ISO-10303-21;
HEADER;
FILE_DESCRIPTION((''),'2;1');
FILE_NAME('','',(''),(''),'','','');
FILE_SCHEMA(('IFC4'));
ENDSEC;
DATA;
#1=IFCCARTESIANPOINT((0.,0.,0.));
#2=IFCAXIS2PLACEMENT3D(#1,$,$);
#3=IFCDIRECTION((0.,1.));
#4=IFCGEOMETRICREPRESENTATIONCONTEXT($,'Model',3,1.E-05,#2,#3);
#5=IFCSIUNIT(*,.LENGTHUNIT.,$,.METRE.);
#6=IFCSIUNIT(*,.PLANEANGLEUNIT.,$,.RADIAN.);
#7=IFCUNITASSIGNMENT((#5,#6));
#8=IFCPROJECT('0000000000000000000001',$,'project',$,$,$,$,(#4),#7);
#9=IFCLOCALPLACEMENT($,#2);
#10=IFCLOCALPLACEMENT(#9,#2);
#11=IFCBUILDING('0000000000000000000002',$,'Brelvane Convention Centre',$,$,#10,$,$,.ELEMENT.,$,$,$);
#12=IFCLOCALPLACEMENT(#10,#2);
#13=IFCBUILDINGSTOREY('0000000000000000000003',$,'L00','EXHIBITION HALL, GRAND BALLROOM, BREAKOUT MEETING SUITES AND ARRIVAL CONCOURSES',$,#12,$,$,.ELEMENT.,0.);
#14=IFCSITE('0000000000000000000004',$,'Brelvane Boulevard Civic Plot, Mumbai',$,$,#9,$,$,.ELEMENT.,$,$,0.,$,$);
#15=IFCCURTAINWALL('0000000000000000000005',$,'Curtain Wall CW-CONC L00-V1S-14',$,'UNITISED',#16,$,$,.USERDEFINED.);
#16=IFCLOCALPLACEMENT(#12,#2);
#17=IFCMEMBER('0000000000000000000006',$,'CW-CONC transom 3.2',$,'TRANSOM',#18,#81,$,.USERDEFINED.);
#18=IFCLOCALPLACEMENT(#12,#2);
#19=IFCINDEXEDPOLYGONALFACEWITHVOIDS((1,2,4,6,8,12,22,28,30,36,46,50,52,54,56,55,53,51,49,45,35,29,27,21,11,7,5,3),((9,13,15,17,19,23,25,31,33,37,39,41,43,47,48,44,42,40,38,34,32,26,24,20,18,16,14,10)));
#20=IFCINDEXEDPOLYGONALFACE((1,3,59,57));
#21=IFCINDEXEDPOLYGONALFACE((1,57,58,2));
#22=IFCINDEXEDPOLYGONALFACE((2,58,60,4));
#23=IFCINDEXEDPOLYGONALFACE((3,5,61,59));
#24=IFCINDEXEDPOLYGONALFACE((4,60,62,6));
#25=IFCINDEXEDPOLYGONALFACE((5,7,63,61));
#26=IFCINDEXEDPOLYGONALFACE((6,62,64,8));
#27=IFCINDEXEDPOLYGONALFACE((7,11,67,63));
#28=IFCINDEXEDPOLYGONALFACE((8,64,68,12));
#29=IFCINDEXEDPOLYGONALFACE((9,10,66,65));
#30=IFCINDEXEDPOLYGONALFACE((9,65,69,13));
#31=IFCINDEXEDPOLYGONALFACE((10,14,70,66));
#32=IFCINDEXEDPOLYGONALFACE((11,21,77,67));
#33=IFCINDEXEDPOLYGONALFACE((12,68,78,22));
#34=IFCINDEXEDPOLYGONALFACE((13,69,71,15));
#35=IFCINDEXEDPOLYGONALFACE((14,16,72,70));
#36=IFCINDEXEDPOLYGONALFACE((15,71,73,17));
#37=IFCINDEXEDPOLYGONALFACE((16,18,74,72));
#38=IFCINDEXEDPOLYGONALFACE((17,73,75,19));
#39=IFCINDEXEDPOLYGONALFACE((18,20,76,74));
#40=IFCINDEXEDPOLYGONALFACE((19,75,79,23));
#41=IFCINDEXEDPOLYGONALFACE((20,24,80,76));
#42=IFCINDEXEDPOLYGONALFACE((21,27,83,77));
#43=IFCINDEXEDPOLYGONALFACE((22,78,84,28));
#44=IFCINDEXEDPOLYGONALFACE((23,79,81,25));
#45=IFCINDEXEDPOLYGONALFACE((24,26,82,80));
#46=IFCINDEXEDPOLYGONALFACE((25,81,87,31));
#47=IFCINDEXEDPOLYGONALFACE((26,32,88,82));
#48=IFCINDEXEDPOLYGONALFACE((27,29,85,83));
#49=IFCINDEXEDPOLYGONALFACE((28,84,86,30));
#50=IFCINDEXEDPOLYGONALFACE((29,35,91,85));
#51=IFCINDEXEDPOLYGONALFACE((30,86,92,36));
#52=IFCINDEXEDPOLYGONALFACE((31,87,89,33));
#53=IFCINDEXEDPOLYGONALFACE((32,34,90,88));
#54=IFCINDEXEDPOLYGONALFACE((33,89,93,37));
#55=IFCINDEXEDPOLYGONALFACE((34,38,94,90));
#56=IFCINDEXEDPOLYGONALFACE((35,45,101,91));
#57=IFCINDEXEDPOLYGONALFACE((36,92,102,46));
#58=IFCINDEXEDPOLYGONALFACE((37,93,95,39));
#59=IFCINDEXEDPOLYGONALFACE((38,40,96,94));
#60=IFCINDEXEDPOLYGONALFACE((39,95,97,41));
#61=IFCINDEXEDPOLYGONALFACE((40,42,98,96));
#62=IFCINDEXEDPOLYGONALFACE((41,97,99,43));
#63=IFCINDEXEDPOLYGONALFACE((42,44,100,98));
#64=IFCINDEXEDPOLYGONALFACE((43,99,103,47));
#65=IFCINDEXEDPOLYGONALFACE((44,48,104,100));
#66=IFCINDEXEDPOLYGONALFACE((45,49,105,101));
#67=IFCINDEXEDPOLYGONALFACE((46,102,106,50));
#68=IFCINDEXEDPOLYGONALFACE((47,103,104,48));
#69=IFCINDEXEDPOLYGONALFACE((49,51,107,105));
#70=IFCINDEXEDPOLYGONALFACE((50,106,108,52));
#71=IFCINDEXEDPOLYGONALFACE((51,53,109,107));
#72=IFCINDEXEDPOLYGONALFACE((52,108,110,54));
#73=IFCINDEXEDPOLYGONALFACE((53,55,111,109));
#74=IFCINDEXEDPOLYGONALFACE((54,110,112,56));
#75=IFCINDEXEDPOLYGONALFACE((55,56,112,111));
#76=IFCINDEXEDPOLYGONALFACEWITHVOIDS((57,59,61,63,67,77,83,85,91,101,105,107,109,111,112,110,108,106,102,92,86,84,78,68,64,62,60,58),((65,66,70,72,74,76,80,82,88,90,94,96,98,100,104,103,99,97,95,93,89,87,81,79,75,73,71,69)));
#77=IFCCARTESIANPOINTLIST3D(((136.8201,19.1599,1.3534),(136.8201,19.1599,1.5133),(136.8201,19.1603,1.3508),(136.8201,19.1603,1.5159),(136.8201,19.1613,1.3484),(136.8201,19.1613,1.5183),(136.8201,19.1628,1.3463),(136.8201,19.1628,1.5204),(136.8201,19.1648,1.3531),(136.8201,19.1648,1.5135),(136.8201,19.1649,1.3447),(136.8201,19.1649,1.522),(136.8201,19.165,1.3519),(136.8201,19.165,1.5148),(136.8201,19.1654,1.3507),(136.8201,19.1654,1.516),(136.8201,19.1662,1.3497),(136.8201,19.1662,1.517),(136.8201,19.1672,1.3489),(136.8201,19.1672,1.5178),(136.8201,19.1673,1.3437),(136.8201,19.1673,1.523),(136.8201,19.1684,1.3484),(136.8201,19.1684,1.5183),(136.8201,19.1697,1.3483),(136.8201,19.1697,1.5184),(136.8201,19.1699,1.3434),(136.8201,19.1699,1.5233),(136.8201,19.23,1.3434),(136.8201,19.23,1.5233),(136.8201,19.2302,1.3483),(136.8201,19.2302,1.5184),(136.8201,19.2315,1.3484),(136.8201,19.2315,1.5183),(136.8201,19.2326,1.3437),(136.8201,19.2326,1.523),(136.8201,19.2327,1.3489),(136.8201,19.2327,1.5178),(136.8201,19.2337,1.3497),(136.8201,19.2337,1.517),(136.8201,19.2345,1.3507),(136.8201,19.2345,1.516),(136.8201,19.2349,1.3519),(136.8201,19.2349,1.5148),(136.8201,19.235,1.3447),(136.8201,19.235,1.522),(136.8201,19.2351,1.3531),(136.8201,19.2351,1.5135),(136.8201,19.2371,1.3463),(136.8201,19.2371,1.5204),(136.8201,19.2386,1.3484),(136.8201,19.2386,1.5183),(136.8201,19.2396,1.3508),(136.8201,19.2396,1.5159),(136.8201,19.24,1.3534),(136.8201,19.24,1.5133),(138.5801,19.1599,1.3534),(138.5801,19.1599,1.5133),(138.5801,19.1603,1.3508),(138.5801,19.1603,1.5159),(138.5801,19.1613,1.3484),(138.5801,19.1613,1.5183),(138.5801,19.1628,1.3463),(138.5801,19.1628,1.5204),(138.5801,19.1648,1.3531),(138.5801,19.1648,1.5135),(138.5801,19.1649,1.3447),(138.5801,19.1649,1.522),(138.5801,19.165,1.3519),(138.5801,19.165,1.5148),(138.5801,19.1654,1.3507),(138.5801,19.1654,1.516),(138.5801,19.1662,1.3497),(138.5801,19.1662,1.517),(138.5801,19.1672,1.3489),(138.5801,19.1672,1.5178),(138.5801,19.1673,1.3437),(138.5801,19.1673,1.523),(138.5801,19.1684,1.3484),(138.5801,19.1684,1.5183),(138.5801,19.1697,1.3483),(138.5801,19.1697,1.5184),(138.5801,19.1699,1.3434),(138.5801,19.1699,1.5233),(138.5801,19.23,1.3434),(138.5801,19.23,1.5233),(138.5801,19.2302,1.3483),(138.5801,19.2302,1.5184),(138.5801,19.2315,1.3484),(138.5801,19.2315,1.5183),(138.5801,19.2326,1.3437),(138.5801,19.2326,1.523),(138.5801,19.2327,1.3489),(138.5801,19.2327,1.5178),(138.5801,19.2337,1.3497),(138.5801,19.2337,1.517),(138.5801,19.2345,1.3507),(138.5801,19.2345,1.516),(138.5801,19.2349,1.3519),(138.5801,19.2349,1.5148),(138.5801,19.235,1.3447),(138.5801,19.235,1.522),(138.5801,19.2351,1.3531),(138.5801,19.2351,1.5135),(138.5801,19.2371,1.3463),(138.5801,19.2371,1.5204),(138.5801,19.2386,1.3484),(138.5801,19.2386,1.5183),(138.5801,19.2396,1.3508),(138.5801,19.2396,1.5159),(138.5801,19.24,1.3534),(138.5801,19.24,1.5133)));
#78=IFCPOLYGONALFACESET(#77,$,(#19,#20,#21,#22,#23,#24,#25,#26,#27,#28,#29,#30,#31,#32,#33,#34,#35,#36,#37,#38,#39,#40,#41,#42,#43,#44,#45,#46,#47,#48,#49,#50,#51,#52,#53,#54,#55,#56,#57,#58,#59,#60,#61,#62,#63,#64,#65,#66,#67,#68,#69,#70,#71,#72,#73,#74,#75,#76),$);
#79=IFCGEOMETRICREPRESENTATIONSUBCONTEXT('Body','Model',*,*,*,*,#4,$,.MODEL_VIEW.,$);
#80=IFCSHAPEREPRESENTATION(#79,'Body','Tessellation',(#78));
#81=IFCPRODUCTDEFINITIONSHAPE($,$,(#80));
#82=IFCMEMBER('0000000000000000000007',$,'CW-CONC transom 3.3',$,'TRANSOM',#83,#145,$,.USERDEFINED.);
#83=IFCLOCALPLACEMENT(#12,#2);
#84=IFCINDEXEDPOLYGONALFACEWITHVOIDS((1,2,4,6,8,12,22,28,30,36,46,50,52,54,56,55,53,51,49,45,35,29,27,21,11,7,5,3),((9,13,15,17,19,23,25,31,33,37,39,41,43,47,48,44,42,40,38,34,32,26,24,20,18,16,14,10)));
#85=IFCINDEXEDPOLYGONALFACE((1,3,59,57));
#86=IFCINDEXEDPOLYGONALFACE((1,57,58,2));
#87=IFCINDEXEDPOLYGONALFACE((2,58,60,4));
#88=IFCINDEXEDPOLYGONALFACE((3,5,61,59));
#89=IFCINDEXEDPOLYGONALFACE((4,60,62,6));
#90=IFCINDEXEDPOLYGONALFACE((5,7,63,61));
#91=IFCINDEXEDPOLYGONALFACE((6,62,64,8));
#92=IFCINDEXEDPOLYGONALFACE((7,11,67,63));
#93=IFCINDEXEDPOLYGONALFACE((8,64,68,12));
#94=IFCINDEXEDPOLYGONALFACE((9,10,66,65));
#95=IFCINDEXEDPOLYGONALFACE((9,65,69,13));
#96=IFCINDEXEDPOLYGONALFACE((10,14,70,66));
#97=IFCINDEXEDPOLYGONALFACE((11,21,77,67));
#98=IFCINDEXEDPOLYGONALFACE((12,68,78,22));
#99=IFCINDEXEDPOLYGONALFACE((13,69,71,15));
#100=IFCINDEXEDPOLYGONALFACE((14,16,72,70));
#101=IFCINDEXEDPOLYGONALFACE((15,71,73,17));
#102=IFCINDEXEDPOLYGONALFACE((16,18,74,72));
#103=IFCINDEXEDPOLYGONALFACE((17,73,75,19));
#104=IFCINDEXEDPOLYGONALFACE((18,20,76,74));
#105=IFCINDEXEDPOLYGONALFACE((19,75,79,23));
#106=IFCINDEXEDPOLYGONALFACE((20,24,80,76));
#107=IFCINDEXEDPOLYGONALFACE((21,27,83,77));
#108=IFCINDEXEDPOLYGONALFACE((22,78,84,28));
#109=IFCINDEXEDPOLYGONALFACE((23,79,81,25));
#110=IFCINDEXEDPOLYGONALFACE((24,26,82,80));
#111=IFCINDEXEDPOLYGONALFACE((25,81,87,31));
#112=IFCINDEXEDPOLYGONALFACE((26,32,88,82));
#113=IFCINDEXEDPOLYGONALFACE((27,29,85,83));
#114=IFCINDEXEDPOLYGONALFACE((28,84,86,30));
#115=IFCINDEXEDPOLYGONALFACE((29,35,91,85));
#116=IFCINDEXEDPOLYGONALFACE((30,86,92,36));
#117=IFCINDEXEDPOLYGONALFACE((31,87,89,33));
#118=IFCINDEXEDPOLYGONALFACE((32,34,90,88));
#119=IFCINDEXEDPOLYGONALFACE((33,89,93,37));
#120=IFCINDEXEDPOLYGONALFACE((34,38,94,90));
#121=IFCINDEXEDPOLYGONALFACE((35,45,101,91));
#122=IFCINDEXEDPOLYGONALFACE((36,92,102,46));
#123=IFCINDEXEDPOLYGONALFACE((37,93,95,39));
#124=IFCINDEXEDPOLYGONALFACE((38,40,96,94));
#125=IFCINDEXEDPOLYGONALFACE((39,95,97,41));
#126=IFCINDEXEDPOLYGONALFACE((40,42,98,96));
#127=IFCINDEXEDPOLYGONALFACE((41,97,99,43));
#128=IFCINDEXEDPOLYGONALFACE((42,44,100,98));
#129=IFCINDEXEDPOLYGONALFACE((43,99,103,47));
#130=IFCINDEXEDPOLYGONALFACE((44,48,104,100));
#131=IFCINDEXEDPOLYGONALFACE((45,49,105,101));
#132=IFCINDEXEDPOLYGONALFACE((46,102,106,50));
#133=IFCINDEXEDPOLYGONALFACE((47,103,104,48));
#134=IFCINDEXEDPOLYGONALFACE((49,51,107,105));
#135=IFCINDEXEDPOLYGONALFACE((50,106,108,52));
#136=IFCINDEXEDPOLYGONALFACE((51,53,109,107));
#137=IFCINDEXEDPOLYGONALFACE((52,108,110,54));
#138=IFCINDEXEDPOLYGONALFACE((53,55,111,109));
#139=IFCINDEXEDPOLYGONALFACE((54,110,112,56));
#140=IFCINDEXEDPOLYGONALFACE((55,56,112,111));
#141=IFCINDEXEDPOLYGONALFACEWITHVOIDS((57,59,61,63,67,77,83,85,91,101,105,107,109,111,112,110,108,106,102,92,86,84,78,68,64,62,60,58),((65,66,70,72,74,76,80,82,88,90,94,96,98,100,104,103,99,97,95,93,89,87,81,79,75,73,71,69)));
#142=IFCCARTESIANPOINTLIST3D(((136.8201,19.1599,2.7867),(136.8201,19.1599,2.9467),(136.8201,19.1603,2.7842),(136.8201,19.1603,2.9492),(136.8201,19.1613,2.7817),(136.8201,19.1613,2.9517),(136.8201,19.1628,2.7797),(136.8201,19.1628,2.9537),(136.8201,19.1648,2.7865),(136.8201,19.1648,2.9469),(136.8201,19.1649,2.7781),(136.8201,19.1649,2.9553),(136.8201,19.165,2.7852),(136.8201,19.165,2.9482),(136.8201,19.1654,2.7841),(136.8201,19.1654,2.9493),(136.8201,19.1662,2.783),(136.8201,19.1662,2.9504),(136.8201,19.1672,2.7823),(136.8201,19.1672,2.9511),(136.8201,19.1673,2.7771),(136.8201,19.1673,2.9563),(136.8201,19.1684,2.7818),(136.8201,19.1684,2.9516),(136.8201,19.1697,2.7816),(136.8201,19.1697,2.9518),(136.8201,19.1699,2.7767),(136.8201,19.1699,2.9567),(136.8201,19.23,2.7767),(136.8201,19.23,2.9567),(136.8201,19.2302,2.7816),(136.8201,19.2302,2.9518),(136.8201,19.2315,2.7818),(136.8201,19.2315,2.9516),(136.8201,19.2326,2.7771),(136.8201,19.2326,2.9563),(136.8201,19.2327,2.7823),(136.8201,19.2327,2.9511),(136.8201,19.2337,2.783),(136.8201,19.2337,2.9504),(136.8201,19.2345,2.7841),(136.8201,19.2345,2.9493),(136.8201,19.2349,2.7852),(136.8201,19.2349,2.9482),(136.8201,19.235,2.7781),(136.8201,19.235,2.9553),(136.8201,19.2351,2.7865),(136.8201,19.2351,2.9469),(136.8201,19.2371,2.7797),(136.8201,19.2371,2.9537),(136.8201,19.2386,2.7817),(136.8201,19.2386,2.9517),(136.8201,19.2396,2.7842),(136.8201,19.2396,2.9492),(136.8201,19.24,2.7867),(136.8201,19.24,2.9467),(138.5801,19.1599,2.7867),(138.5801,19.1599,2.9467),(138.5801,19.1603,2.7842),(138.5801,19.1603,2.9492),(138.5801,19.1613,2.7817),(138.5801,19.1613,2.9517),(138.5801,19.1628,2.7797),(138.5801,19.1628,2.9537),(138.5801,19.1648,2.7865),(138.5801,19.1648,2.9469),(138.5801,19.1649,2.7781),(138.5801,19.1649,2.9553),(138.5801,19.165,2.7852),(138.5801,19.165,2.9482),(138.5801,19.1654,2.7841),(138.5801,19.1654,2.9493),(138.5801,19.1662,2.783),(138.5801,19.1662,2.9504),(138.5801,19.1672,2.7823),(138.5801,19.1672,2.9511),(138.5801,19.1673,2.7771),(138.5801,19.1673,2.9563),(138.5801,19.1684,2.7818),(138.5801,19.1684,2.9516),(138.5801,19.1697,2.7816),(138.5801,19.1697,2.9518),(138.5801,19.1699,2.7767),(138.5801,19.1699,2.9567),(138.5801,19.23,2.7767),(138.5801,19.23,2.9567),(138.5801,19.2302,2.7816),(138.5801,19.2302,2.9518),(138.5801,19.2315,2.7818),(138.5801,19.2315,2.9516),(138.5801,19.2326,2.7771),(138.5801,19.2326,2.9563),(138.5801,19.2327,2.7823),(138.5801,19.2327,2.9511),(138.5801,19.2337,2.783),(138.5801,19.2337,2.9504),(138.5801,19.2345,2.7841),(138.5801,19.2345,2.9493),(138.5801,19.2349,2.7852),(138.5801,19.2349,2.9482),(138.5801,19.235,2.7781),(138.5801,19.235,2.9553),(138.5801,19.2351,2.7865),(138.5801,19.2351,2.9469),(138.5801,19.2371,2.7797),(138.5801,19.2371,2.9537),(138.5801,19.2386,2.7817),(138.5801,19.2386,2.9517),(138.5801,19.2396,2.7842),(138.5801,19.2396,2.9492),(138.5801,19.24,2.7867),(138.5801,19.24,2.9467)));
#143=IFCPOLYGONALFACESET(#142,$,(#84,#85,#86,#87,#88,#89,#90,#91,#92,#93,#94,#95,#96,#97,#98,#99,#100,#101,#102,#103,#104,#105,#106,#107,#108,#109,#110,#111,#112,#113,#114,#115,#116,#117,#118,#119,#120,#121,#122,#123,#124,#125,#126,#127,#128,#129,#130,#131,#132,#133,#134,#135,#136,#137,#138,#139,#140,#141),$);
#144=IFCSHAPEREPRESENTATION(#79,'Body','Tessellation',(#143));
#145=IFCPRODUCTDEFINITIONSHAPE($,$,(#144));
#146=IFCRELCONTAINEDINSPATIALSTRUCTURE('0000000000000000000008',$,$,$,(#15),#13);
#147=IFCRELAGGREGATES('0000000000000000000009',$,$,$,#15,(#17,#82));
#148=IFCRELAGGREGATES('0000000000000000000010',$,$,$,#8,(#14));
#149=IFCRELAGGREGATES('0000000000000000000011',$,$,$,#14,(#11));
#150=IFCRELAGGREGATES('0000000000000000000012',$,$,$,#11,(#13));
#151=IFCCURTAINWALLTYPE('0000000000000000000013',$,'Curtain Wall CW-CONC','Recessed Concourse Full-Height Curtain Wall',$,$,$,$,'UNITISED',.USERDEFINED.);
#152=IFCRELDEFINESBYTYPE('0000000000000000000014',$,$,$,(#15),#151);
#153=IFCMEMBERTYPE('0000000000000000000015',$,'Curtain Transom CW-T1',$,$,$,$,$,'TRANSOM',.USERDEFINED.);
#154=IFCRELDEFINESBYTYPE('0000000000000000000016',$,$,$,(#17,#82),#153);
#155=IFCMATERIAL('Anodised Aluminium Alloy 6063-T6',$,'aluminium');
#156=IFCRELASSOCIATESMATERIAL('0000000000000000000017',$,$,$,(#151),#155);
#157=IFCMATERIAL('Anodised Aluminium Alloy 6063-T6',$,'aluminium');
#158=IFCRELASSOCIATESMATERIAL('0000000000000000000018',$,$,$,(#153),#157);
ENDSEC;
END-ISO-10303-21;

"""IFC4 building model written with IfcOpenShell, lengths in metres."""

from ifc_helpers import new_model, si_unit, direction, frame, origin, origin_2d, place, context, subcontext, project, spatial, hollow_rectangle, extrude, material, material_profile, profile_set, type_object, element, aggregate, save


model = new_model("IFC4")

# Units and contexts
model_context = context("Model", 3, precision=1e-05, world=origin(), true_north=direction((0.0, 1.0)))
body_context = subcontext(model_context, "Body", "Model", "MODEL_VIEW")
ifc_project = project(units=[si_unit("LENGTHUNIT", "METRE"), si_unit("PLANEANGLEUNIT", "RADIAN")], contexts=[model_context])

# Site, building, storey
site_placement = place(None, origin())
site = spatial("IfcSite", under=ifc_project, at=site_placement, Name="Brelvane Boulevard Civic Plot, Mumbai", CompositionType="ELEMENT", RefElevation=0.0)
building_placement = place(site_placement, origin())
building = spatial("IfcBuilding", under=site, at=building_placement, Name="Brelvane Convention Centre", CompositionType="ELEMENT")
storey_placement = place(building_placement, origin())
storey = spatial("IfcBuildingStorey", under=building, at=storey_placement, Name="L00", Description="EXHIBITION HALL, GRAND BALLROOM, BREAKOUT MEETING SUITES AND ARRIVAL CONCOURSES", CompositionType="ELEMENT", Elevation=0.0)

# Curtain wall, members
ifc_material_1 = material(Name="Anodised Aluminium Alloy 6063-T6", Category="aluminium")
curtain_wall_type = type_object("IfcCurtainWallType", Name="Curtain Wall CW-CONC", Description="Recessed Concourse Full-Height Curtain Wall", ElementType="UNITISED", PredefinedType="USERDEFINED", material=ifc_material_1)
curtain_wall_placement = place(storey_placement, origin())
curtain_wall = element("IfcCurtainWall", 1, at=curtain_wall_placement, inside=storey, type_object=curtain_wall_type, Name="Curtain Wall CW-CONC L00-V1S-14", ObjectType="UNITISED", PredefinedType="USERDEFINED")
ifc_material_2 = material(Name="Anodised Aluminium Alloy 6063-T6", Category="aluminium")
ifc_material_profile_1 = material_profile(ifc_material_2, hollow_rectangle(XDim=0.0801, YDim=0.1799, WallThickness=0.0049, InnerFilletRadius=0.0049, OuterFilletRadius=0.01, at=origin_2d()), Name="ALU-T 180x80x5.0")
ifc_profile_set_1 = profile_set([ifc_material_profile_1], Name="Anodised Aluminium Alloy 6063-T6")
member_type_1 = type_object("IfcMemberType", Name="Curtain Transom CW-T1", ElementType="TRANSOM", PredefinedType="USERDEFINED", material=ifc_profile_set_1)
member_1_placement = place(storey_placement, frame((136.8201, 19.2, 1.4333), z_axis=(1.0, 0.0, 0.0), x_axis=(0.0, 1.0, 0.0)))
member_1 = element("IfcMember", 2, at=member_1_placement, type_object=member_type_1, Name="CW-CONC transom 3.2", ObjectType="TRANSOM", PredefinedType="USERDEFINED", context=body_context, shape_type="SweptSolid", body=[
    extrude(hollow_rectangle(XDim=0.0801, YDim=0.1799, WallThickness=0.0049, InnerFilletRadius=0.0049, OuterFilletRadius=0.01, at=origin_2d()), origin(), (0.0, 0.0, 1.0), 1.76),
])
member_2_placement = place(storey_placement, frame((136.8201, 19.2, 2.8667), z_axis=(1.0, 0.0, 0.0), x_axis=(0.0, 1.0, 0.0)))
member_2 = element("IfcMember", 3, at=member_2_placement, type_object=member_type_1, Name="CW-CONC transom 3.3", ObjectType="TRANSOM", PredefinedType="USERDEFINED", context=body_context, shape_type="SweptSolid", body=[
    extrude(hollow_rectangle(XDim=0.0801, YDim=0.1799, WallThickness=0.0049, InnerFilletRadius=0.0049, OuterFilletRadius=0.01, at=origin_2d()), origin(), (0.0, 0.0, 1.0), 1.76),
])

aggregate(curtain_wall, [member_1, member_2])

save(model, "model.ifc")
